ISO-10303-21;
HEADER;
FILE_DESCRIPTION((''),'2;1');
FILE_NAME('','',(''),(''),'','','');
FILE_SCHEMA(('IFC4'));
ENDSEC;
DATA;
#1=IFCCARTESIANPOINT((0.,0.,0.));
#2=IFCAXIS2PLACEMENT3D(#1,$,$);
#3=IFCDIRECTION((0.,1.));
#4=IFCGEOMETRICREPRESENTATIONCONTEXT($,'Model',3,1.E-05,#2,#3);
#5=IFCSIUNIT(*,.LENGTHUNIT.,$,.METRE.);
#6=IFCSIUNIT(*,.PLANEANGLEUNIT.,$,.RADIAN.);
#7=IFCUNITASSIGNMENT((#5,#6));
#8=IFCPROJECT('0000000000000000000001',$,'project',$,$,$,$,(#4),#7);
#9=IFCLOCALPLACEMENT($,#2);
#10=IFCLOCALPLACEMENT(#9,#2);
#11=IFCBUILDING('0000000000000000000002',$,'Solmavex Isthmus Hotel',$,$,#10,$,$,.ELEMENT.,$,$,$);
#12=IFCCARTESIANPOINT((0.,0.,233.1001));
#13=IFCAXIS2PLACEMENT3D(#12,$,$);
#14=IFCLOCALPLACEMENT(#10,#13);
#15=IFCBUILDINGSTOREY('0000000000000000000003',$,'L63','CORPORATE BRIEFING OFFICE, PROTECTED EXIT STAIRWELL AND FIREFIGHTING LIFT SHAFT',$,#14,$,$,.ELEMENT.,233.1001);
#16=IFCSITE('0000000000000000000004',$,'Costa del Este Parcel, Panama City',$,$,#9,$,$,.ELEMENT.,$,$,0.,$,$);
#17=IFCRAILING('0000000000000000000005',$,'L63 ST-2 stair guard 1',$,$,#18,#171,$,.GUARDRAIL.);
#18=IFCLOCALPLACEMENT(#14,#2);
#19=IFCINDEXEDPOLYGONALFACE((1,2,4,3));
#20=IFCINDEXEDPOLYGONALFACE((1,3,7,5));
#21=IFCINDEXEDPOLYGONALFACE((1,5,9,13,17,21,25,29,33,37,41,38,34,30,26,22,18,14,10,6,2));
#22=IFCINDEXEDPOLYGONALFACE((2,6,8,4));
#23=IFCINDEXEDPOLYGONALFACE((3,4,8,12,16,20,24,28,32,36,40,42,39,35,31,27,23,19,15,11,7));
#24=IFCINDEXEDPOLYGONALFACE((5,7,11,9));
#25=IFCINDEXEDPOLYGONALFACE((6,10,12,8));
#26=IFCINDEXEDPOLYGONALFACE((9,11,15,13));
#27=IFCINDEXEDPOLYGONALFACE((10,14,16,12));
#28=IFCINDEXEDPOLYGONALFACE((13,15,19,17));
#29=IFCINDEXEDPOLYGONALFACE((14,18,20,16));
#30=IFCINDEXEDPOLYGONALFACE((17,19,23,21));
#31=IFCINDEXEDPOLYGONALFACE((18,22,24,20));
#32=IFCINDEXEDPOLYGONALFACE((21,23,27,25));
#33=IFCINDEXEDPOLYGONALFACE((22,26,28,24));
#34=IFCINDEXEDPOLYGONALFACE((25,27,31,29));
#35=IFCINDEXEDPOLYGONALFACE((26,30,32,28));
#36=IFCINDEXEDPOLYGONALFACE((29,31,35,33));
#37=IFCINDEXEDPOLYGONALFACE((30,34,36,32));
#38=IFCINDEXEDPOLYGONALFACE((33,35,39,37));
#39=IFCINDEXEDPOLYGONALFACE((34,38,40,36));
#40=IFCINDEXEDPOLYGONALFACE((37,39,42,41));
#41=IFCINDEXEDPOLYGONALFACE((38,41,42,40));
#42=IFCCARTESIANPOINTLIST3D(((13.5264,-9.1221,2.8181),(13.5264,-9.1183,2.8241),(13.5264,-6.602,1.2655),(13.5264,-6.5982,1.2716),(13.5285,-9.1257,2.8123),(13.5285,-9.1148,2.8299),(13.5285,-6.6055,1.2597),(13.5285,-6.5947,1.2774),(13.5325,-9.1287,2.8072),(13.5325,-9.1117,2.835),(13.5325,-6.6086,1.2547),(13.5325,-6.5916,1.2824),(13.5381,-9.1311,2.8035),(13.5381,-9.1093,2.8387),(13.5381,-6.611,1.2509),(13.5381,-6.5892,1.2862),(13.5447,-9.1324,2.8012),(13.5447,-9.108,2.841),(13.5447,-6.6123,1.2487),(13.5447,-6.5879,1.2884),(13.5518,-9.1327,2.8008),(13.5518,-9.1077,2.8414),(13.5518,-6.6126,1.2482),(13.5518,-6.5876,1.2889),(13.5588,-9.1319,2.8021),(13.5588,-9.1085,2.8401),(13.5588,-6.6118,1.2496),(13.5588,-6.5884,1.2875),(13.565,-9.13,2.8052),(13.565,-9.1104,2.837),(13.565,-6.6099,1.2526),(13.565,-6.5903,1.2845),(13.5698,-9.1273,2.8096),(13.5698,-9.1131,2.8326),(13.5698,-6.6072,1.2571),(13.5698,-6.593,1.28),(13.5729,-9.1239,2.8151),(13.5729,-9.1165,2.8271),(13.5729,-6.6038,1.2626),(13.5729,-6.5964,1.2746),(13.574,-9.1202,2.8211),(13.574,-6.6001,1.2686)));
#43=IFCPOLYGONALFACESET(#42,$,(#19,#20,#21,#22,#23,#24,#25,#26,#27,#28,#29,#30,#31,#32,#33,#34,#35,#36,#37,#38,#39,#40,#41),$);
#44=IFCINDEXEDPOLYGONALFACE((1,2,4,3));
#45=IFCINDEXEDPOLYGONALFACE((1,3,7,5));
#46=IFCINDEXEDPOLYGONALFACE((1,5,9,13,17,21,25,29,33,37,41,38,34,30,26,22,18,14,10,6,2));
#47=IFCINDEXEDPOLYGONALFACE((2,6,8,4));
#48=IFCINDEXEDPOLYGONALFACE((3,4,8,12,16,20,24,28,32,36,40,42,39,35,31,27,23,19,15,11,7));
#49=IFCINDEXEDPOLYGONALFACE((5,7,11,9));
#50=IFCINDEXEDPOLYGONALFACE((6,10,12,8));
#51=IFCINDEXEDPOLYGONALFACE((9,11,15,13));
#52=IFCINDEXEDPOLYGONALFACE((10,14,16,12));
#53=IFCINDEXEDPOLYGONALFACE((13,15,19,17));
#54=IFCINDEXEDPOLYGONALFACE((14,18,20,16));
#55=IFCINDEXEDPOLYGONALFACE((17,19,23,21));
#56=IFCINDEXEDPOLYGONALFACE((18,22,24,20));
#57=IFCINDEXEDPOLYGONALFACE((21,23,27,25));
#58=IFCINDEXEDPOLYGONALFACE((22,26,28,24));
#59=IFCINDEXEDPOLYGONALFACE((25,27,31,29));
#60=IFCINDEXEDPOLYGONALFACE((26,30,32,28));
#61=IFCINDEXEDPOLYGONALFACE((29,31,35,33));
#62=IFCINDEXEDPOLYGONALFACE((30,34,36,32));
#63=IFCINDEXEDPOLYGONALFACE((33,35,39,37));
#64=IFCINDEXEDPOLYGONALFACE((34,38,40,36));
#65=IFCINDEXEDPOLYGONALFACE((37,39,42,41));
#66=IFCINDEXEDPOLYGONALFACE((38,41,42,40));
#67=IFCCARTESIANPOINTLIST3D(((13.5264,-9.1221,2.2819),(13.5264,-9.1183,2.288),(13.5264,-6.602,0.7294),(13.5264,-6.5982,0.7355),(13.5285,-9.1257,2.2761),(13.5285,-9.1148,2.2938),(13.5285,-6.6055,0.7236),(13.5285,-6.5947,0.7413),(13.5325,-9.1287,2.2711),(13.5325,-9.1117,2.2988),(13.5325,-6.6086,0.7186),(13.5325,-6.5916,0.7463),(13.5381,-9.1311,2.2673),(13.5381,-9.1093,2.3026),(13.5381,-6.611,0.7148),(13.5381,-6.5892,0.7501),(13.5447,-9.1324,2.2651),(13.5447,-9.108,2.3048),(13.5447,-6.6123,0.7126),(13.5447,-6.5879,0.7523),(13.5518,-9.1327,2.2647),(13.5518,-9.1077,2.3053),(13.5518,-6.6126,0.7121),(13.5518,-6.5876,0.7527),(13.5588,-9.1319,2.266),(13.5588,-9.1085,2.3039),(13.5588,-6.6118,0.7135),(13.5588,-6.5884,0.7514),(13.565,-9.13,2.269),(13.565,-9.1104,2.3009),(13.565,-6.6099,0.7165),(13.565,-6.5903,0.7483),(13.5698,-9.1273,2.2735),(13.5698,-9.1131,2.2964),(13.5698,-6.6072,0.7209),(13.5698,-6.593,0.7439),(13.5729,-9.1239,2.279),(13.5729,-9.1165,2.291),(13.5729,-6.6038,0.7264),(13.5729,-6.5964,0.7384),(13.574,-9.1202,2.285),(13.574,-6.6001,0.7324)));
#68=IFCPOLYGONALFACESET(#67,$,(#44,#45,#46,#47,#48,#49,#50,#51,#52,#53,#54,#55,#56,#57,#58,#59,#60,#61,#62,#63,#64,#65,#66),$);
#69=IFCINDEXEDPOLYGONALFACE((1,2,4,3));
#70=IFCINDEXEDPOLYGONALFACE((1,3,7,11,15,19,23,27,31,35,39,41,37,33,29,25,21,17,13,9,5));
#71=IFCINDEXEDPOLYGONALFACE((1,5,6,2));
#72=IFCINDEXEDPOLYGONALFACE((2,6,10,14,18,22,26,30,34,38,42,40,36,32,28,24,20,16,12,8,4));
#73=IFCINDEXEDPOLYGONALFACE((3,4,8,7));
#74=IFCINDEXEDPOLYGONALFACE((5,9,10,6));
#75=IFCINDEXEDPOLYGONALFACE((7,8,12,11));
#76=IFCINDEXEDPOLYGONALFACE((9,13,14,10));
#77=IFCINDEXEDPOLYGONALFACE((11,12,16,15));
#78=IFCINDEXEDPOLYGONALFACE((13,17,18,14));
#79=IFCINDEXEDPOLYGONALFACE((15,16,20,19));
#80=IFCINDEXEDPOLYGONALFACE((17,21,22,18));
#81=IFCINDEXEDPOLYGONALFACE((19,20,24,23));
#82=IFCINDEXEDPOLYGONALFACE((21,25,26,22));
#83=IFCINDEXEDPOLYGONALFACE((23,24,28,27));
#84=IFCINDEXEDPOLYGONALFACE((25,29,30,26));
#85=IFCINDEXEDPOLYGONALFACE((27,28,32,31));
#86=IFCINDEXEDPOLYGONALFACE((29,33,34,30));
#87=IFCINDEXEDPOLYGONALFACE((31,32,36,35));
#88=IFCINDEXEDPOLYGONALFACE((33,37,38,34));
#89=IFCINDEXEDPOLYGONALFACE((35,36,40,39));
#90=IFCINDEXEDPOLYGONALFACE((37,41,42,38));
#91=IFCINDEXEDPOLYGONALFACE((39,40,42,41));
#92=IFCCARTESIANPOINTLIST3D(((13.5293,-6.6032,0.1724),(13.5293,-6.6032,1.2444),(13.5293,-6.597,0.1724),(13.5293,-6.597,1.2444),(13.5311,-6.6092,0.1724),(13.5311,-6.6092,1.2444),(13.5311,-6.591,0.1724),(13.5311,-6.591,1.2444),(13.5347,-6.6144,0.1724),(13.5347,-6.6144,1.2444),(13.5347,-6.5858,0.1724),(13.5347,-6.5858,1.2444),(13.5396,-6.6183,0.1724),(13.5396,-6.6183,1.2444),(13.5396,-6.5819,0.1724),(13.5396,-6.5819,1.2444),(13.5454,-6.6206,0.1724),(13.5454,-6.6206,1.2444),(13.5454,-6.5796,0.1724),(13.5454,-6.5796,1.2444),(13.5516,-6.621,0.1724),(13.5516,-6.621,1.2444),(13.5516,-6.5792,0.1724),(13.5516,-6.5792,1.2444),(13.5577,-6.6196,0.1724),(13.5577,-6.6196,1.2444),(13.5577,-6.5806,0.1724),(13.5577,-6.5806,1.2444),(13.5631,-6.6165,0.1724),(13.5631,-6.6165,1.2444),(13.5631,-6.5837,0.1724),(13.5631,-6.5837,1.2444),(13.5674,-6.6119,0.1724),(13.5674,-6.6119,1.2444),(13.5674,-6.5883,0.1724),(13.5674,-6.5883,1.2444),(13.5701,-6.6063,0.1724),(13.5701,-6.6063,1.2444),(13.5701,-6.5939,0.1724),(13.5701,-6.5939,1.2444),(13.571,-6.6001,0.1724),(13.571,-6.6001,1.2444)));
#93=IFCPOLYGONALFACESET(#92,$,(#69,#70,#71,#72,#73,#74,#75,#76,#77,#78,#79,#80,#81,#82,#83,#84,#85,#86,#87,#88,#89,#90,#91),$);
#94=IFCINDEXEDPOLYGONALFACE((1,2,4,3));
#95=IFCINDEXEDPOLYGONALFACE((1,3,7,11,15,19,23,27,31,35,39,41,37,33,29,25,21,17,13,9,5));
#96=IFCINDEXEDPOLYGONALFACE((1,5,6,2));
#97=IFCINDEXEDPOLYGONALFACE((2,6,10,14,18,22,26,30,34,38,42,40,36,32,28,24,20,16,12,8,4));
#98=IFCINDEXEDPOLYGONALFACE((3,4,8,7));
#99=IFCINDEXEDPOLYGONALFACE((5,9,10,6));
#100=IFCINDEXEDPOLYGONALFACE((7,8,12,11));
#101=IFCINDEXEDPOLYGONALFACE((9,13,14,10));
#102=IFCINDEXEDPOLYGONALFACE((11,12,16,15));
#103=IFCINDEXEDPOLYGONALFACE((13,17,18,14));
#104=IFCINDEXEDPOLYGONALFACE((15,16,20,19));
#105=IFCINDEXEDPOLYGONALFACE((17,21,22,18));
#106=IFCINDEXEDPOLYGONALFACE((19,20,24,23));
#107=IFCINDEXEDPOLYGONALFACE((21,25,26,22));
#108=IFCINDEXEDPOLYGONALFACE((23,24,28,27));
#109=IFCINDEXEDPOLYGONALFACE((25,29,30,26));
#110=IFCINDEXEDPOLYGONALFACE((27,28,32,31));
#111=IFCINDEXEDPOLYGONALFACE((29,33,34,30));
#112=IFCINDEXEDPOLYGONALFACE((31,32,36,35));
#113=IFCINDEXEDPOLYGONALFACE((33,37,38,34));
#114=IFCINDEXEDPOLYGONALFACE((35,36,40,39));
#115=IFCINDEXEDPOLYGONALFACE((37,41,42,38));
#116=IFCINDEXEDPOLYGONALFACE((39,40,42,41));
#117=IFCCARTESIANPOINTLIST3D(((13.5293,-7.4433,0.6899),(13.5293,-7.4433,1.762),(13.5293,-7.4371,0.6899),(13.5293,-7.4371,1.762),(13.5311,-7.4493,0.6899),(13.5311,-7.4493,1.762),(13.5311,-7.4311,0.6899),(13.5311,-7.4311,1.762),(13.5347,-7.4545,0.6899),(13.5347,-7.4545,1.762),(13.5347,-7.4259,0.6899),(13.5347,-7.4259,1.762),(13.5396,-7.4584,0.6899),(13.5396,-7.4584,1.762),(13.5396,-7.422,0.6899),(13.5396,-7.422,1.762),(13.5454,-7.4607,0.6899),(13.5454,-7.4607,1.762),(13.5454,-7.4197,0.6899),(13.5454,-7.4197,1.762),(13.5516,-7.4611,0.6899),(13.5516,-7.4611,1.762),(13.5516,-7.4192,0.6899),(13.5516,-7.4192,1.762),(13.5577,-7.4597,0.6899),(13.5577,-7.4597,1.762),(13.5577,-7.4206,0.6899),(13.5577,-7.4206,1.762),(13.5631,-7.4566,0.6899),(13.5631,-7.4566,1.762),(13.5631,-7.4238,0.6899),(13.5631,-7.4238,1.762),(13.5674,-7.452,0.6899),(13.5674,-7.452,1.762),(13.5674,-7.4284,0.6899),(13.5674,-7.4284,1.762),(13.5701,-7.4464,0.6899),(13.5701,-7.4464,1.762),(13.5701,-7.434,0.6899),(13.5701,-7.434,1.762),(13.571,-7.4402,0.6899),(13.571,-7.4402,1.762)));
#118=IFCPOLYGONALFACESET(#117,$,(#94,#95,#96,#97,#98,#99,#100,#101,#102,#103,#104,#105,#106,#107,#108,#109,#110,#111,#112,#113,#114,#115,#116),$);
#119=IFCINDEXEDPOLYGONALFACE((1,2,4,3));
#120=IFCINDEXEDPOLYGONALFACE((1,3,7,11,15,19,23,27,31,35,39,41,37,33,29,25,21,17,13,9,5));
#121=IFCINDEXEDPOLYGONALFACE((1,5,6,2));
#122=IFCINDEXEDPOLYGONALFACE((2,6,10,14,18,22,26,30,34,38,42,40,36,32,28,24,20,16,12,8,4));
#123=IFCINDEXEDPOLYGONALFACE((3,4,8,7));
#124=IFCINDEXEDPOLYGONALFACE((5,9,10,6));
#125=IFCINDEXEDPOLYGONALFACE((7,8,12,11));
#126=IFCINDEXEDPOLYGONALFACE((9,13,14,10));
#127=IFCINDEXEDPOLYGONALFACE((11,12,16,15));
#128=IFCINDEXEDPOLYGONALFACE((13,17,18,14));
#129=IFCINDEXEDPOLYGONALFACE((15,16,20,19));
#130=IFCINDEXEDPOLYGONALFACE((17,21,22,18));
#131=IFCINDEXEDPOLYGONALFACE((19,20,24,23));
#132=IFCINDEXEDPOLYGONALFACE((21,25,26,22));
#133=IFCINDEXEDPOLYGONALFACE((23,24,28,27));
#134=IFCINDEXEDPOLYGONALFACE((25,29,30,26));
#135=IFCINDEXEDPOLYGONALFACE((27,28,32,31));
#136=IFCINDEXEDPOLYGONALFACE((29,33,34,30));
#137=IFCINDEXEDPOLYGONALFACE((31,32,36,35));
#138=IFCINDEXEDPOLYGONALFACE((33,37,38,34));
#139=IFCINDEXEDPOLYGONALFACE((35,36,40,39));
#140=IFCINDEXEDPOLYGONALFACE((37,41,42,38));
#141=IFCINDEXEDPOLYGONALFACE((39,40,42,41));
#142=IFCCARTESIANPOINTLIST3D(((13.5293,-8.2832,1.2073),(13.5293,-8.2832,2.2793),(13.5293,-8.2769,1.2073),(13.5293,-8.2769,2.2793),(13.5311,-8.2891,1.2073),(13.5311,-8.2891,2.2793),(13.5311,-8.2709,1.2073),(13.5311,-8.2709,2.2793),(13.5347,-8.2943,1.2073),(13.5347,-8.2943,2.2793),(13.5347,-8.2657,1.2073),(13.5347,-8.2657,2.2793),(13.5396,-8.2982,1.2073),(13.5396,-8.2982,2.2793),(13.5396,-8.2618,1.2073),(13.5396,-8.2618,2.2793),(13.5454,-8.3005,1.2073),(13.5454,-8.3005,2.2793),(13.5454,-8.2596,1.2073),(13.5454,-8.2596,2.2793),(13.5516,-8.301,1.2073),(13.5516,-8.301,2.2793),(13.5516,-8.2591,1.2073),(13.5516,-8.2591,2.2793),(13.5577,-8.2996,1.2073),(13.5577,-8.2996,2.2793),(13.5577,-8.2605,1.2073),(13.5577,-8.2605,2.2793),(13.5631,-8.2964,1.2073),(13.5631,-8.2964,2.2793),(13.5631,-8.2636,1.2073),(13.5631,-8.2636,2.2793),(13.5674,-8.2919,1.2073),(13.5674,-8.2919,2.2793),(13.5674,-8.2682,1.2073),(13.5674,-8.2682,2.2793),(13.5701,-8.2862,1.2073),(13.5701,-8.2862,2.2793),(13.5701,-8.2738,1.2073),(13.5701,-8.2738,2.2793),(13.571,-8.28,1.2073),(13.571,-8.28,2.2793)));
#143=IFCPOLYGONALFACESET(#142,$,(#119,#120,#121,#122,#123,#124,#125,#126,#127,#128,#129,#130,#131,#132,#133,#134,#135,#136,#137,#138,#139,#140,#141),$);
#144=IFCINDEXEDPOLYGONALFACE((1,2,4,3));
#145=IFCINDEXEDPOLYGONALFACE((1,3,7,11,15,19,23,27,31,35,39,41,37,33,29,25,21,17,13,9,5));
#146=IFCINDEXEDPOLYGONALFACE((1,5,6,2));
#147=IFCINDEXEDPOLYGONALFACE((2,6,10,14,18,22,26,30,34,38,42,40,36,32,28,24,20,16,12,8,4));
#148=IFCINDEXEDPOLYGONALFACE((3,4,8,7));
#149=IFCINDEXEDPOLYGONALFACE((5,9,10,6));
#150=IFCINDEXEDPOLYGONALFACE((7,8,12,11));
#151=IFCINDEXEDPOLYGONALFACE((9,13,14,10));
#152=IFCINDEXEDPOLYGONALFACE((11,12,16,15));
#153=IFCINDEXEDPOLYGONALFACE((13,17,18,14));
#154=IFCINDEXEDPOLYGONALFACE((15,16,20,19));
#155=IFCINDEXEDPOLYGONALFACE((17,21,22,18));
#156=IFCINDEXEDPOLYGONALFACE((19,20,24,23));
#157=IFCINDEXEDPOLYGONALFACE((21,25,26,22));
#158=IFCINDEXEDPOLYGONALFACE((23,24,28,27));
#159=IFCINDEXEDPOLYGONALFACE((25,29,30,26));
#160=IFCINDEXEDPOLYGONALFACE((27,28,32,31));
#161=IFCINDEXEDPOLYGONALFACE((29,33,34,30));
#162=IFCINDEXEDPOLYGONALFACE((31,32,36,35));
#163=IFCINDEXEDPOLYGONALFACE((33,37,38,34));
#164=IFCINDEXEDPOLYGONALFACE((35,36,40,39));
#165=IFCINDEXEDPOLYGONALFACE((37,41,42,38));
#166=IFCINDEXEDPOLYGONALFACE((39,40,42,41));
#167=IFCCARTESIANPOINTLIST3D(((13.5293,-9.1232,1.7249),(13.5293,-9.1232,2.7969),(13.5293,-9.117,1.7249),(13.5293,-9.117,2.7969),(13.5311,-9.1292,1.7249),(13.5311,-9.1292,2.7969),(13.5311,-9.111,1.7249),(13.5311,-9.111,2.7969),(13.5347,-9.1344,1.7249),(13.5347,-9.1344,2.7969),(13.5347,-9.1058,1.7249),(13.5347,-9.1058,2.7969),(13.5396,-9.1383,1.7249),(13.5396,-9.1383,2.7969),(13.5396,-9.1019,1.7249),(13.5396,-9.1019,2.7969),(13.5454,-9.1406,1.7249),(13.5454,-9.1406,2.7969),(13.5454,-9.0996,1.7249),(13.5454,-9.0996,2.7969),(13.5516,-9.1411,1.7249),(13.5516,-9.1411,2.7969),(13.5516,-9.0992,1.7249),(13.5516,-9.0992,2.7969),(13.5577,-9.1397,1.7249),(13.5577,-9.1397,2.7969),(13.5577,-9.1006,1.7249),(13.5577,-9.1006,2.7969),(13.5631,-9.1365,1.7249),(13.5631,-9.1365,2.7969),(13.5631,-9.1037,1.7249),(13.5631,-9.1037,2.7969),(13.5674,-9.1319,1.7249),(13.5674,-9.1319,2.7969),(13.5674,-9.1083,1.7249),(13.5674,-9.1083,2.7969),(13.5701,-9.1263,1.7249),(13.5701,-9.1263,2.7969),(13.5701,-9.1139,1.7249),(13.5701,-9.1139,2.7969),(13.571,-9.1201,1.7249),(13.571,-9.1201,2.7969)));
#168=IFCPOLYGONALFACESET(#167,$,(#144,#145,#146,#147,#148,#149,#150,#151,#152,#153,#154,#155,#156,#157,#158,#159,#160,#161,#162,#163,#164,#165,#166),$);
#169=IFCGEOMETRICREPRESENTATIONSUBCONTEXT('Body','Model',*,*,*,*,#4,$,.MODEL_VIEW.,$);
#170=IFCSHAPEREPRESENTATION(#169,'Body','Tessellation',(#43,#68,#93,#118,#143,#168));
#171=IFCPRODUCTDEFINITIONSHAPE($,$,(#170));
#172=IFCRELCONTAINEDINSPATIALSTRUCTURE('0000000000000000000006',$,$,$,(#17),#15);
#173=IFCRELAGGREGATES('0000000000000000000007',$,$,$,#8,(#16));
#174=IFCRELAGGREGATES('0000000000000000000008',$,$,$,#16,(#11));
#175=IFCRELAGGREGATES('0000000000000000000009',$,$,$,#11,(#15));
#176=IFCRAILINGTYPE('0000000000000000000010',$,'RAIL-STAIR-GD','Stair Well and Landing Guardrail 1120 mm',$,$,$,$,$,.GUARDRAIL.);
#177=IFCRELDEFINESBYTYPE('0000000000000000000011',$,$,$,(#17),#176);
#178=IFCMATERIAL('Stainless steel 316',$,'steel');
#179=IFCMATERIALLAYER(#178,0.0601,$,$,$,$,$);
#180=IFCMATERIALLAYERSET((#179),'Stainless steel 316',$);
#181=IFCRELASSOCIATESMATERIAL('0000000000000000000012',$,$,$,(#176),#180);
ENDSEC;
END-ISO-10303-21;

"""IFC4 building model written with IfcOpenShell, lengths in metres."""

from ifc_helpers import new_model, si_unit, direction, frame, origin, origin_2d, place, context, subcontext, project, spatial, circle, extrude, material, layer, layer_set, type_object, element, save


model = new_model("IFC4")

# Units and contexts
model_context = context("Model", 3, precision=1e-05, world=origin(), true_north=direction((0.0, 1.0)))
body_context = subcontext(model_context, "Body", "Model", "MODEL_VIEW")
ifc_project = project(units=[si_unit("LENGTHUNIT", "METRE"), si_unit("PLANEANGLEUNIT", "RADIAN")], contexts=[model_context])

# Site, building, storey
site_placement = place(None, origin())
site = spatial("IfcSite", under=ifc_project, at=site_placement, Name="Costa del Este Parcel, Panama City", CompositionType="ELEMENT", RefElevation=0.0)
building_placement = place(site_placement, origin())
building = spatial("IfcBuilding", under=site, at=building_placement, Name="Solmavex Isthmus Hotel", CompositionType="ELEMENT")
storey_placement = place(building_placement, frame((0.0, 0.0, 233.1001)))
storey = spatial("IfcBuildingStorey", under=building, at=storey_placement, Name="L63", Description="CORPORATE BRIEFING OFFICE, PROTECTED EXIT STAIRWELL AND FIREFIGHTING LIFT SHAFT", CompositionType="ELEMENT", Elevation=233.1001)

# Shared definitions
ifc_material_1 = material(Name="Stainless steel 316", Category="steel")

# Railing
ifc_layer_1 = layer(ifc_material_1, 0.0601)
ifc_layer_set_1 = layer_set([ifc_layer_1], Name="Stainless steel 316")
railing_type_1 = type_object("IfcRailingType", Name="RAIL-STAIR-GD", Description="Stair Well and Landing Guardrail 1120 mm", PredefinedType="GUARDRAIL", material=ifc_layer_set_1)
railing_1_placement = place(storey_placement, frame((13.55, -6.6001, 0.1724)))
element("IfcRailing", 1, at=railing_1_placement, inside=storey, type_object=railing_type_1, Name="L63 ST-2 stair guard 1", PredefinedType="GUARDRAIL", context=body_context, shape_type="SweptSolid", body=[
    extrude(circle(Radius=0.0239, at=origin_2d()), frame((0.0, 0.0, 1.0962), z_axis=(0.0, -0.8514, 0.524516), x_axis=(1.0, 0.0, 0.0)), (0.0, 0.0, 1.0), 2.96),
    extrude(circle(Radius=0.0239, at=origin_2d()), frame((0.0, 0.0, 0.5601), z_axis=(0.0, -0.8514, 0.524516), x_axis=(1.0, 0.0, 0.0)), (0.0, 0.0, 1.0), 2.96),
    extrude(circle(Radius=0.021, at=origin_2d()), origin(), (0.0, 0.0, 1.0), 1.072),
    extrude(circle(Radius=0.021, at=origin_2d()), frame((0.0, -0.8401, 0.5176)), (0.0, 0.0, 1.0), 1.072),
    extrude(circle(Radius=0.021, at=origin_2d()), frame((0.0, -1.6799, 1.0349)), (0.0, 0.0, 1.0), 1.072),
    extrude(circle(Radius=0.021, at=origin_2d()), frame((0.0, -2.52, 1.5525)), (0.0, 0.0, 1.0), 1.072),
])

save(model, "model.ifc")
